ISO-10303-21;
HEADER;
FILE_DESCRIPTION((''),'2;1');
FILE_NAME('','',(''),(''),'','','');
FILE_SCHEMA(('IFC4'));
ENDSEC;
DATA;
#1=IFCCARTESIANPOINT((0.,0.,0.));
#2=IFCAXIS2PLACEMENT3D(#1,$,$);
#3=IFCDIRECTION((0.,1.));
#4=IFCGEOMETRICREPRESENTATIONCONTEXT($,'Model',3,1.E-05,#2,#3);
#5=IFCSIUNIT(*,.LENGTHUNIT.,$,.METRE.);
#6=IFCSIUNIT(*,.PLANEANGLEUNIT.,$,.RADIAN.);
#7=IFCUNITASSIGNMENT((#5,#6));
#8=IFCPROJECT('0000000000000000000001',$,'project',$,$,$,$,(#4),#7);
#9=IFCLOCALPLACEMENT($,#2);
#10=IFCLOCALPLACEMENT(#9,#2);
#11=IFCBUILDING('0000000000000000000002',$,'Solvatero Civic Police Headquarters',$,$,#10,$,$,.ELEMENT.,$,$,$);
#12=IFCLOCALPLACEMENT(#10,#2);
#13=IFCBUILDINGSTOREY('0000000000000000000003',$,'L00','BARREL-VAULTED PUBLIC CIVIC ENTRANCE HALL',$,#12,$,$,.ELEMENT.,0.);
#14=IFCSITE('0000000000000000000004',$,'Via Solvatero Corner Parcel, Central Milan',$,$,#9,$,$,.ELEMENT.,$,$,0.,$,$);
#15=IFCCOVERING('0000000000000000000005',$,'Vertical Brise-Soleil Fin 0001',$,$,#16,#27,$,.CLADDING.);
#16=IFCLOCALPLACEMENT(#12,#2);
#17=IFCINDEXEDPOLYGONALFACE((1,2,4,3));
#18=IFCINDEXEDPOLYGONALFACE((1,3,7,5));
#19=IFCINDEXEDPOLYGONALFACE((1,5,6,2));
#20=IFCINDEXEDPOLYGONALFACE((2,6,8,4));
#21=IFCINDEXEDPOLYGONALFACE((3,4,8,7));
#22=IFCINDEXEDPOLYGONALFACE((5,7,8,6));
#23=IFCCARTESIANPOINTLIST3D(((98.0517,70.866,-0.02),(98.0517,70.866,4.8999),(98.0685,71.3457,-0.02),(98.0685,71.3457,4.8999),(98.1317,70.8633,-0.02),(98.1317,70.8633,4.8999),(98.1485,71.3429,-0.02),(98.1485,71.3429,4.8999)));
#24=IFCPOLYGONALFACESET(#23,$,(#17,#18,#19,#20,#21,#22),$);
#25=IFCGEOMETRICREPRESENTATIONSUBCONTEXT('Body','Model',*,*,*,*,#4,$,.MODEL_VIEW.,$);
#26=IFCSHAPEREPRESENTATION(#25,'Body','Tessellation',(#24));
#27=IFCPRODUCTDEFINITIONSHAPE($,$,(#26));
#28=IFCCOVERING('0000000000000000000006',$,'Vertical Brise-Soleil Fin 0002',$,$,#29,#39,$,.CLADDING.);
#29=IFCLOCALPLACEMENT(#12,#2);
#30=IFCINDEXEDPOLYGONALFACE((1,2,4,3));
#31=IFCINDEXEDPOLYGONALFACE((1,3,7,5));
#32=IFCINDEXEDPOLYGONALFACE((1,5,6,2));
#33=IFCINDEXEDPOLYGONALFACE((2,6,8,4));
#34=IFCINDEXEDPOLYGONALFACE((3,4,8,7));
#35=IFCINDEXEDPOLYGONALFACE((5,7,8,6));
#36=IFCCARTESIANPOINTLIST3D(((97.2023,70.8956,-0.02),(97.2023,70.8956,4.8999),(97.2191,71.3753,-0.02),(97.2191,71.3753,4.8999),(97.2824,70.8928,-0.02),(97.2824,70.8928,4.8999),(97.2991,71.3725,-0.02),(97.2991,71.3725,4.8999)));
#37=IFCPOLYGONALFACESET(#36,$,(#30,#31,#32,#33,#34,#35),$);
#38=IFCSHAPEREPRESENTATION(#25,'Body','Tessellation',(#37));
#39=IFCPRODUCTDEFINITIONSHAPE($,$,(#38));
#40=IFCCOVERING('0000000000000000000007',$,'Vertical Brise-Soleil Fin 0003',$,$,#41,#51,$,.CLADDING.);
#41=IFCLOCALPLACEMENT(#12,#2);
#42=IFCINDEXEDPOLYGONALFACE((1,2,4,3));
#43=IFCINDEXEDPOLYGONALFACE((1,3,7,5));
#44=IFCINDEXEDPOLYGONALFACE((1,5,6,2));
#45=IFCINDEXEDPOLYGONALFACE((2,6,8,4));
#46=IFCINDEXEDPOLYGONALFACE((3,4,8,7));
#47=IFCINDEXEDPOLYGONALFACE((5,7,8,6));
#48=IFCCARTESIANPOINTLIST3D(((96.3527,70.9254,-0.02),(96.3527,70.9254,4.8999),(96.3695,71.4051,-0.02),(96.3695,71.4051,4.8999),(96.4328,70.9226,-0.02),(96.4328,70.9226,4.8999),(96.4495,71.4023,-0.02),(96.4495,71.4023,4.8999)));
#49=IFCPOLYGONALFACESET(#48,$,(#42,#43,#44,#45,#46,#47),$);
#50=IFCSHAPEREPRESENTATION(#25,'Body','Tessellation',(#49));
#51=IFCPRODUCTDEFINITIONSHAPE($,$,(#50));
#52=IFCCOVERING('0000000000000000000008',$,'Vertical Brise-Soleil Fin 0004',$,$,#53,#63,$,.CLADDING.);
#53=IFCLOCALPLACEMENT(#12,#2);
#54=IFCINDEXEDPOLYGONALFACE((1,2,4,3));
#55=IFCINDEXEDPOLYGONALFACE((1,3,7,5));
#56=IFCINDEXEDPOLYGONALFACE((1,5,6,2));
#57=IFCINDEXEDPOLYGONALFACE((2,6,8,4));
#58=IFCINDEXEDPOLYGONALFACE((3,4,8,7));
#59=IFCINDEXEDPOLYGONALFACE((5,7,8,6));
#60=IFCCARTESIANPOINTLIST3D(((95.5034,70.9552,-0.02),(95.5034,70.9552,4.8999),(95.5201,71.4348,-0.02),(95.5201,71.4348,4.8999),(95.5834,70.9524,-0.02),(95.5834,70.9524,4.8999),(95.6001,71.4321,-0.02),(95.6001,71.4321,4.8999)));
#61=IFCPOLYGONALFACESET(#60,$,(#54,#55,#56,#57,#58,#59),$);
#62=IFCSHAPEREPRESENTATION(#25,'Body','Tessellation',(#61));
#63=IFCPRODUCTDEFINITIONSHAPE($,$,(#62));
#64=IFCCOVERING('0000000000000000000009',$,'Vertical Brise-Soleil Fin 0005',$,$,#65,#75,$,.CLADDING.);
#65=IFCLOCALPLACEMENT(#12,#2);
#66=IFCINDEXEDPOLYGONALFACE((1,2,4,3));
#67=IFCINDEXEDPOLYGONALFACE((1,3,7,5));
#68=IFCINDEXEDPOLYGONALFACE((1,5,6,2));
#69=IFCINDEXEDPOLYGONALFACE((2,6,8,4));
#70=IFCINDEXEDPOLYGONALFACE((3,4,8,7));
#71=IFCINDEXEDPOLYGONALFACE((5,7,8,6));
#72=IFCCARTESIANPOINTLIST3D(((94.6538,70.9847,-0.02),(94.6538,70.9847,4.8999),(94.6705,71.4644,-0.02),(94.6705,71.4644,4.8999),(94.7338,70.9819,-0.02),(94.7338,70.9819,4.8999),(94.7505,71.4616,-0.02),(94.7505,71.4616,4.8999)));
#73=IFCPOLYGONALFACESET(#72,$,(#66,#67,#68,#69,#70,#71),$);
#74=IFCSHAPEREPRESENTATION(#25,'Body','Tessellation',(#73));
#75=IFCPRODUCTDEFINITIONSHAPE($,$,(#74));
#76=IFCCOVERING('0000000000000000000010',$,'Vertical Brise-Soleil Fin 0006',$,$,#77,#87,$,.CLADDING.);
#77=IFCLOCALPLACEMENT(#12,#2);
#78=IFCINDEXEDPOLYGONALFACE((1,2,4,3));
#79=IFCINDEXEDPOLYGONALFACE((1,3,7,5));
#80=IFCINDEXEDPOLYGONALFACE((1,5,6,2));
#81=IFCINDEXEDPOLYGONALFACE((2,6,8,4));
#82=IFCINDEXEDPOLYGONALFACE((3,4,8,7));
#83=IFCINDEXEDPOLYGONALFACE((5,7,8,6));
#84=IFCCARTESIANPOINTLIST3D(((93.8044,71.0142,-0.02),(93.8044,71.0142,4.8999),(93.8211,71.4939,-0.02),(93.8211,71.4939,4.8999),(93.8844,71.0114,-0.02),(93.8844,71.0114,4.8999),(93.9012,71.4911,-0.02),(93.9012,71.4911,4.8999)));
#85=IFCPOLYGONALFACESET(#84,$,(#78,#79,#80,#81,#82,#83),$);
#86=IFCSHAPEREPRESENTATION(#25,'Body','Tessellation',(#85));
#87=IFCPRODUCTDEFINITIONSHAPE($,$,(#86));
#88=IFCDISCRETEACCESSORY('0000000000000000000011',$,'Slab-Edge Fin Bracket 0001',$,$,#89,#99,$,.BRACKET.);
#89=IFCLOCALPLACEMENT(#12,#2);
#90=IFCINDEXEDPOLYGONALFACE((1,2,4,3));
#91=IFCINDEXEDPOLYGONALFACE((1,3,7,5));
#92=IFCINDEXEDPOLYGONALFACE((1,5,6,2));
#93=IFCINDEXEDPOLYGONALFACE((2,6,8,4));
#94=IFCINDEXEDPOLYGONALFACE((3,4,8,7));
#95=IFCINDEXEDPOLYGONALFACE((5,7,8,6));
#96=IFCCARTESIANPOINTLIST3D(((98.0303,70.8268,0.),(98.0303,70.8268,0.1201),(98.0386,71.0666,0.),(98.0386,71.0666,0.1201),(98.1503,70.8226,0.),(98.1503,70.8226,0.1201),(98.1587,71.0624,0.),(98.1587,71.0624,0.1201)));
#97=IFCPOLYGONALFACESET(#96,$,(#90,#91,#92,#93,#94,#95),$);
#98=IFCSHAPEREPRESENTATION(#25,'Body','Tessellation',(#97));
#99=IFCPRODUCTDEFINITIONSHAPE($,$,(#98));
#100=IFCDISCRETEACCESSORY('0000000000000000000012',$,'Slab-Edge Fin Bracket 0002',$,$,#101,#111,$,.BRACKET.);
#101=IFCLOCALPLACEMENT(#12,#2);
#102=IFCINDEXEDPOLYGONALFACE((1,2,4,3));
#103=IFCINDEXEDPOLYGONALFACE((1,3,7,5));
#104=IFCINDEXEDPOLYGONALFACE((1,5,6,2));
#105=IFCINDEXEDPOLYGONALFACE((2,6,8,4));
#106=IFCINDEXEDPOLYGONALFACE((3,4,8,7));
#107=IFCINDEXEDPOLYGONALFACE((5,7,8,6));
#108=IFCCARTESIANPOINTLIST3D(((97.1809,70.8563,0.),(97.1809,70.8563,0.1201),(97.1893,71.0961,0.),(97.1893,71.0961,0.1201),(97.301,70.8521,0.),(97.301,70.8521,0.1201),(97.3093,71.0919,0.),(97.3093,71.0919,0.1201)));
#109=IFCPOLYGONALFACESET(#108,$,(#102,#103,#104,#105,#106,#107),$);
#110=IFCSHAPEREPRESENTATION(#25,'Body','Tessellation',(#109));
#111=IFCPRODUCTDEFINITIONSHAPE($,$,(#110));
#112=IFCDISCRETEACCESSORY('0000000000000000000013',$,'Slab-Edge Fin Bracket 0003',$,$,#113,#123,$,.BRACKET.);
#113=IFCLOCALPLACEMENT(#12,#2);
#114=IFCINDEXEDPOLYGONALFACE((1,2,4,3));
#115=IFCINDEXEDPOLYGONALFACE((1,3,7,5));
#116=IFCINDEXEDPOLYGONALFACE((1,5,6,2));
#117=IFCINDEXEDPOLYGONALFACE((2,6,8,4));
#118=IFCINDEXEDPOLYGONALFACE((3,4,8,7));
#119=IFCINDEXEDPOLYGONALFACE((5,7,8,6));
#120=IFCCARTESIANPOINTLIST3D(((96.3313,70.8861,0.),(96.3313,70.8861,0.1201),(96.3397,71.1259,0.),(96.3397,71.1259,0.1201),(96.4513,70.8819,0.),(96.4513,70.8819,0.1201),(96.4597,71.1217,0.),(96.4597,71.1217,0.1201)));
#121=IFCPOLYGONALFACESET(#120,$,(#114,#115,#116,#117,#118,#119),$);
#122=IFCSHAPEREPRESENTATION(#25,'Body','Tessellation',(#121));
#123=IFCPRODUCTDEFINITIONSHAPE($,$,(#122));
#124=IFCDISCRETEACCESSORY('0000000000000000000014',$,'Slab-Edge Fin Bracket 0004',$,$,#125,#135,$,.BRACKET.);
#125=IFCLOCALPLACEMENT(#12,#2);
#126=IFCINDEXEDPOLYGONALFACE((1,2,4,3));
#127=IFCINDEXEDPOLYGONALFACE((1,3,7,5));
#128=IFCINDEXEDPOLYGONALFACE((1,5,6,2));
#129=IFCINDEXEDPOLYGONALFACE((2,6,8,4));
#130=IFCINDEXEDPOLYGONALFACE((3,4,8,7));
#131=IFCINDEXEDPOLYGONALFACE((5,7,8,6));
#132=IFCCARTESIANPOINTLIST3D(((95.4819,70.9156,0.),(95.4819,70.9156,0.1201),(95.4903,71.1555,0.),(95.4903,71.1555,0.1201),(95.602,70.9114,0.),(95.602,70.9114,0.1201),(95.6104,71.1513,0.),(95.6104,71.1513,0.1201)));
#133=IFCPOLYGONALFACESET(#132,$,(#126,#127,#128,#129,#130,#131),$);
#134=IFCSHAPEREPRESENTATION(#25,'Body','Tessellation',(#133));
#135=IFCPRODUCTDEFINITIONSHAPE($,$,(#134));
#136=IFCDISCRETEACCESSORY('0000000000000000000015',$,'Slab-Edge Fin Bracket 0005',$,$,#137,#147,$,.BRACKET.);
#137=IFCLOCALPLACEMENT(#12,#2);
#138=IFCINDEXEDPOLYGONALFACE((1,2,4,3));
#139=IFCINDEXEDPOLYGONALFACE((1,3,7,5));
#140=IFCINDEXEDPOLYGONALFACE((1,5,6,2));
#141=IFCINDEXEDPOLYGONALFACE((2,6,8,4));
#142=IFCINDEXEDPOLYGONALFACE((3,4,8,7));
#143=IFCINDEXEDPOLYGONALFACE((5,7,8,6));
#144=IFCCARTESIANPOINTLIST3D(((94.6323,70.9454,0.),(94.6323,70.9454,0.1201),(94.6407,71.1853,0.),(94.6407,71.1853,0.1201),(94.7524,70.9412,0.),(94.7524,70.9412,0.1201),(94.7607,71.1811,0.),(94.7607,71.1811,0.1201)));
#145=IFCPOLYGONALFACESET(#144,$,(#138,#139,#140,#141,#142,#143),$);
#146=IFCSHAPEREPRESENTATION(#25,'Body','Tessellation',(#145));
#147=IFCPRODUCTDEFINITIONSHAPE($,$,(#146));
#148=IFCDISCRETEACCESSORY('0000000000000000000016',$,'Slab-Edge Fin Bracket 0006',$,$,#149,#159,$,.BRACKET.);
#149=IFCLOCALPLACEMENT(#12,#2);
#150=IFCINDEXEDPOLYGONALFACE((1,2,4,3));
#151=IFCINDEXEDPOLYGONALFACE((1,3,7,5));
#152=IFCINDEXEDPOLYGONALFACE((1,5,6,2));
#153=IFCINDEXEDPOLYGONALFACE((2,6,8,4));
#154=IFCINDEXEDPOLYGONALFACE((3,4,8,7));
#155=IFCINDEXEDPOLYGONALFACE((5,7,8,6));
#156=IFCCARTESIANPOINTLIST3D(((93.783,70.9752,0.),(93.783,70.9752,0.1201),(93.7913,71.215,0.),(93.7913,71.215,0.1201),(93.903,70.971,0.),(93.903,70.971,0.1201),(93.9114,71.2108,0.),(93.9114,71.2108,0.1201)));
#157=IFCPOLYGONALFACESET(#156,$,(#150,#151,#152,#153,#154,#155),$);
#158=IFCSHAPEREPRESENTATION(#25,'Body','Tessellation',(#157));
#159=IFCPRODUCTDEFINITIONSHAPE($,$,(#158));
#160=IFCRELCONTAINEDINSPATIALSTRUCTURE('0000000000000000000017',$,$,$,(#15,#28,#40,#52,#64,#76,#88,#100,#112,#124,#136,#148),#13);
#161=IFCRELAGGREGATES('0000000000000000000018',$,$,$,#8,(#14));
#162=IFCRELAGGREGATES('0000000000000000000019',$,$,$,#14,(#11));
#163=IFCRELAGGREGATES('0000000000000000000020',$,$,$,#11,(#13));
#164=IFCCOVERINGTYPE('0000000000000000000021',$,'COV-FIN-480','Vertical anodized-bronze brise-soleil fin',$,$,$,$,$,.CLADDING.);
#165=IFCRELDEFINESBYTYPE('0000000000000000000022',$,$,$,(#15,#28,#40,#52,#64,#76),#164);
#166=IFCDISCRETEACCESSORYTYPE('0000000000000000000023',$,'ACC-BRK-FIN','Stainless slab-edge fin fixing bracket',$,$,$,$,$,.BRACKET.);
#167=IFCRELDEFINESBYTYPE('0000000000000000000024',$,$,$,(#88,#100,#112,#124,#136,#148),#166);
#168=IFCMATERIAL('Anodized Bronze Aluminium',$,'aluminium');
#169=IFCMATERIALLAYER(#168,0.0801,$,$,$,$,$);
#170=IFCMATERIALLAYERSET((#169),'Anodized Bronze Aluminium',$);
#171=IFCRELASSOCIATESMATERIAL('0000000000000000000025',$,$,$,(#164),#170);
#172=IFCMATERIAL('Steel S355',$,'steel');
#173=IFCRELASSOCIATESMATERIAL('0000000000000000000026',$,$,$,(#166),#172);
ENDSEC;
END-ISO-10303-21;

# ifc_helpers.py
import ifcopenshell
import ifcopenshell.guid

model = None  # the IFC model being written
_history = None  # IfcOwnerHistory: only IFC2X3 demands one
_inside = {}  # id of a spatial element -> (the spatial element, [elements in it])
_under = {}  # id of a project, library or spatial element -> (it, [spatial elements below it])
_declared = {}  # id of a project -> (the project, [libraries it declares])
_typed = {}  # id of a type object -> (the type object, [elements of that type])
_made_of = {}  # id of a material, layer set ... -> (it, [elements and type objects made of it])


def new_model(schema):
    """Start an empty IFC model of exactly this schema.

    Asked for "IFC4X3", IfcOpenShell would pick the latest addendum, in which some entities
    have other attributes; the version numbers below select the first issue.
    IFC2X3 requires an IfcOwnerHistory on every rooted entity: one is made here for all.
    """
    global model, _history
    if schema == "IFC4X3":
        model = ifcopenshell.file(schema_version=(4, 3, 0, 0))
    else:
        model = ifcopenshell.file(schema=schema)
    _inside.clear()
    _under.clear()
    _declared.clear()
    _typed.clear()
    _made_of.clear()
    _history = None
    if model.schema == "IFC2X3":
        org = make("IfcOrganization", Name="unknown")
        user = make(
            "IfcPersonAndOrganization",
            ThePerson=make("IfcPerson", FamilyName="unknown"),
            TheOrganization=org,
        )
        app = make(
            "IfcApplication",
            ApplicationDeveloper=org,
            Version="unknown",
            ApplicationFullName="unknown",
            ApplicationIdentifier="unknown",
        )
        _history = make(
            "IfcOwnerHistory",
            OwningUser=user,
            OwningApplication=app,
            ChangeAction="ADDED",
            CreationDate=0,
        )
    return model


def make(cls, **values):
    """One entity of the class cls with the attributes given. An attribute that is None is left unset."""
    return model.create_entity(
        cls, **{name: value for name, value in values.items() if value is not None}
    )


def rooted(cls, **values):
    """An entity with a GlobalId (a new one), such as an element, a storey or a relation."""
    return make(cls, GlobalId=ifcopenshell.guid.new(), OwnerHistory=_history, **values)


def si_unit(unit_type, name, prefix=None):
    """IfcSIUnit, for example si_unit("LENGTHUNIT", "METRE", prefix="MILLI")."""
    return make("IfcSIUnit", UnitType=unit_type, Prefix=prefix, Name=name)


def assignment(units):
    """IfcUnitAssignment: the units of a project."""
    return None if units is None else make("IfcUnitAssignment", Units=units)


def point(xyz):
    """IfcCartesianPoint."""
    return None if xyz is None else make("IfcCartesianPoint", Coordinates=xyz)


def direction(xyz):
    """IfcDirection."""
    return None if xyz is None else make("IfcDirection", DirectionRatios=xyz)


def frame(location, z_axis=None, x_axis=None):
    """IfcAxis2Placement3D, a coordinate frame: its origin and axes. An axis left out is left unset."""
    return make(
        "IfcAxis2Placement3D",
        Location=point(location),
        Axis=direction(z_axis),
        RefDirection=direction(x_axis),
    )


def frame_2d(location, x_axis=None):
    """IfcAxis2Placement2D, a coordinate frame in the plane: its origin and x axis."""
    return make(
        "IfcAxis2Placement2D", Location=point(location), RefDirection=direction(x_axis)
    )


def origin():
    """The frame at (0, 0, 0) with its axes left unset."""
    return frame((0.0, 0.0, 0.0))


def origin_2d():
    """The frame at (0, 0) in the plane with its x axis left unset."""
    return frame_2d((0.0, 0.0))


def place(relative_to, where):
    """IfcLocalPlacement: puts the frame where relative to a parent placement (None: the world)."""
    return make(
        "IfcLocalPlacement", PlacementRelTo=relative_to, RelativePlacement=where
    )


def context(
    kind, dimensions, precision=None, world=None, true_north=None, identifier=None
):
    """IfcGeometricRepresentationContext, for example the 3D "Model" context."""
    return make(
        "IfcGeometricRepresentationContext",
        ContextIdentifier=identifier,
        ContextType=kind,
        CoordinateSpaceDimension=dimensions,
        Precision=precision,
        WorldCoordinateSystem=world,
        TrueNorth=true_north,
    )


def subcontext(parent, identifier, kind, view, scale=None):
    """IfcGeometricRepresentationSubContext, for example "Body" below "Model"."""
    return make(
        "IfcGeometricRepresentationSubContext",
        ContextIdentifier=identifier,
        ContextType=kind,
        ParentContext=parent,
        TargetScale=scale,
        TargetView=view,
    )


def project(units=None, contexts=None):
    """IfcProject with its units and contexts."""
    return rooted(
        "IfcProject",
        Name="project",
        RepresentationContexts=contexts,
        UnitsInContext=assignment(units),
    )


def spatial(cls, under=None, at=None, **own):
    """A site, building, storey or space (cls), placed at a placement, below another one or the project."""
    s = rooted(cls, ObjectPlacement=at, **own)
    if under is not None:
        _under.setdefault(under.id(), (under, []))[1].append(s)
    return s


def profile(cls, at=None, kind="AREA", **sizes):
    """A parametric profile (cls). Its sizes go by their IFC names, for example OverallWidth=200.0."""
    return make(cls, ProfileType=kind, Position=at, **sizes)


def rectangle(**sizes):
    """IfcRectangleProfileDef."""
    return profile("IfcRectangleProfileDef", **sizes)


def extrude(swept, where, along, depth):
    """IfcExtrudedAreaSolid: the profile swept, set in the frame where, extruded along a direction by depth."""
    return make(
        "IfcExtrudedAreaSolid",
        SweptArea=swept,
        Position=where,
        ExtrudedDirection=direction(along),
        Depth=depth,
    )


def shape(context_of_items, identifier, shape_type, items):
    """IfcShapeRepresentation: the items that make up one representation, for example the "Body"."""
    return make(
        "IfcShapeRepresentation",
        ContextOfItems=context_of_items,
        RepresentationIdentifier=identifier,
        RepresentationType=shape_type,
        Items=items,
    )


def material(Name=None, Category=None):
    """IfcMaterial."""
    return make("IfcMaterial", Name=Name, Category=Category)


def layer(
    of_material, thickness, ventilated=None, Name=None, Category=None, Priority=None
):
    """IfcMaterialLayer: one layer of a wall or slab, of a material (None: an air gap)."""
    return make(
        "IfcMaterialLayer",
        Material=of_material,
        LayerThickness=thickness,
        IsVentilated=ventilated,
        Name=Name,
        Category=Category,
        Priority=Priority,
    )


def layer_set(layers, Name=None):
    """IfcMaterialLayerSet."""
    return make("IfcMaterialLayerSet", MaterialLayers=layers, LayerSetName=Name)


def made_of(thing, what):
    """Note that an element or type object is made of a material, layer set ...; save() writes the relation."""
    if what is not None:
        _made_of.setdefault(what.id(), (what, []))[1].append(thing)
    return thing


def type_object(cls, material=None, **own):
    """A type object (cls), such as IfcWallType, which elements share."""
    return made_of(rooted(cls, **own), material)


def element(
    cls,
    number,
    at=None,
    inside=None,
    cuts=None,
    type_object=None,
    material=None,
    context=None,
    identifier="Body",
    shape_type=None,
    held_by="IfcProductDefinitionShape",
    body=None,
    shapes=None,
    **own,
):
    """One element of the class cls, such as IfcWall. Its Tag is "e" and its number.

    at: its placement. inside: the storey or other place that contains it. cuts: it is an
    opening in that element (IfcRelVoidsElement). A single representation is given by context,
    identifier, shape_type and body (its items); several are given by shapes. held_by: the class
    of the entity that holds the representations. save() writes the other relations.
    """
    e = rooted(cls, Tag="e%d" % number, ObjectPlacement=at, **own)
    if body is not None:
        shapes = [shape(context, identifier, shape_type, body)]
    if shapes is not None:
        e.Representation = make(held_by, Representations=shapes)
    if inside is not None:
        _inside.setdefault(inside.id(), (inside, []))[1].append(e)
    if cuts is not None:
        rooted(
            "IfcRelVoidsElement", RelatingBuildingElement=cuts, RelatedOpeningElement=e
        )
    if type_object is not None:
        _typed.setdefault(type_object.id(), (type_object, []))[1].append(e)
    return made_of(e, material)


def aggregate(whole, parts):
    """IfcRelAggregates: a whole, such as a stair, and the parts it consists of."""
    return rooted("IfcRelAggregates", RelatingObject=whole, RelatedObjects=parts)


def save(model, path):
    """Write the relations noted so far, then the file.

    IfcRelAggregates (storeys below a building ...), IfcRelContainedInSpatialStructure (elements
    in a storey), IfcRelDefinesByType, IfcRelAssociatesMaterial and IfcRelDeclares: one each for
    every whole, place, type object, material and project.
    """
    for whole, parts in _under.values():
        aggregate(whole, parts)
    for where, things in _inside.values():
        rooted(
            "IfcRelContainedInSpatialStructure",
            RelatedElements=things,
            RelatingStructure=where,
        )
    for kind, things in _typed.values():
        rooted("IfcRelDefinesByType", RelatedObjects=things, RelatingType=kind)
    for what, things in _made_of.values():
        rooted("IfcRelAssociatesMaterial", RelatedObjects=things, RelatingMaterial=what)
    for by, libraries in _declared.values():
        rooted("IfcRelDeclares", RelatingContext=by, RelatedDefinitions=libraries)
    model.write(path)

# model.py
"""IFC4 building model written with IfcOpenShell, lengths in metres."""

from ifc_helpers import new_model, si_unit, direction, frame, origin, origin_2d, place, context, subcontext, project, spatial, rectangle, extrude, material, layer, layer_set, type_object, element, save


model = new_model("IFC4")

# Units and contexts
model_context = context("Model", 3, precision=1e-05, world=origin(), true_north=direction((0.0, 1.0)))
body_context = subcontext(model_context, "Body", "Model", "MODEL_VIEW")
ifc_project = project(units=[si_unit("LENGTHUNIT", "METRE"), si_unit("PLANEANGLEUNIT", "RADIAN")], contexts=[model_context])

# Site, building, storey
site_placement = place(None, origin())
site = spatial("IfcSite", under=ifc_project, at=site_placement, Name="Via Solvatero Corner Parcel, Central Milan", CompositionType="ELEMENT", RefElevation=0.0)
building_placement = place(site_placement, origin())
building = spatial("IfcBuilding", under=site, at=building_placement, Name="Solvatero Civic Police Headquarters", CompositionType="ELEMENT")
storey_placement = place(building_placement, origin())
storey = spatial("IfcBuildingStorey", under=building, at=storey_placement, Name="L00", Description="BARREL-VAULTED PUBLIC CIVIC ENTRANCE HALL", CompositionType="ELEMENT", Elevation=0.0)

# Shared definitions
ifc_material_1 = material(Name="Steel S355", Category="steel")

# Shared definitions
ifc_material_2 = material(Name="Anodized Bronze Aluminium", Category="aluminium")

# Coverings
ifc_layer_1 = layer(ifc_material_2, 0.0801)
ifc_layer_set_1 = layer_set([ifc_layer_1], Name="Anodized Bronze Aluminium")
covering_type = type_object("IfcCoveringType", Name="COV-FIN-480", Description="Vertical anodized-bronze brise-soleil fin", PredefinedType="CLADDING", material=ifc_layer_set_1)
for number, where, z_axis, x_axis, name in (
    (1, (98.1001, 71.1045, -0.02), (0.0, 0.0, 1.0), (-0.999391, 0.034899, 0.0), "Vertical Brise-Soleil Fin 0001"),
    (2, (97.2507, 71.134, -0.02), (0.0, 0.0, 1.0), (-0.999391, 0.034899, 0.0), "Vertical Brise-Soleil Fin 0002"),
    (3, (96.4011, 71.1638, -0.02), (0.0, 0.0, 1.0), (-0.999391, 0.034899, 0.0), "Vertical Brise-Soleil Fin 0003"),
    (4, (95.5518, 71.1936, -0.02), (0.0, 0.0, 1.0), (-0.999391, 0.034899, 0.0), "Vertical Brise-Soleil Fin 0004"),
    (5, (94.7021, 71.2231, -0.02), (0.0, 0.0, 1.0), (-0.999391, 0.034899, 0.0), "Vertical Brise-Soleil Fin 0005"),
    (6, (93.8528, 71.2527, -0.02), (0.0, 0.0, 1.0), (-0.999391, 0.034899, 0.0), "Vertical Brise-Soleil Fin 0006"),
):
    element("IfcCovering", number, at=place(storey_placement, frame(where, z_axis=z_axis, x_axis=x_axis)), inside=storey, type_object=covering_type, Name=name, PredefinedType="CLADDING", context=body_context, shape_type="SweptSolid", body=[
        extrude(rectangle(XDim=0.0801, YDim=0.48, at=origin_2d()), origin(), (0.0, 0.0, 1.0), 4.9199),
    ])

# Discrete accessories
discrete_accessory_type = type_object("IfcDiscreteAccessoryType", Name="ACC-BRK-FIN", Description="Stainless slab-edge fin fixing bracket", PredefinedType="BRACKET", material=ifc_material_1)
for number, where, z_axis, x_axis, name in (
    (7, (98.0945, 70.9446, 0.0), (0.0, 0.0, 1.0), (-0.999391, 0.034899, 0.0), "Slab-Edge Fin Bracket 0001"),
    (8, (97.2451, 70.9741, 0.0), (0.0, 0.0, 1.0), (-0.999391, 0.034899, 0.0), "Slab-Edge Fin Bracket 0002"),
    (9, (96.3955, 71.0039, 0.0), (0.0, 0.0, 1.0), (-0.999391, 0.034899, 0.0), "Slab-Edge Fin Bracket 0003"),
    (10, (95.5461, 71.0334, 0.0), (0.0, 0.0, 1.0), (-0.999391, 0.034899, 0.0), "Slab-Edge Fin Bracket 0004"),
    (11, (94.6965, 71.0632, 0.0), (0.0, 0.0, 1.0), (-0.999391, 0.034899, 0.0), "Slab-Edge Fin Bracket 0005"),
    (12, (93.8472, 71.093, 0.0), (0.0, 0.0, 1.0), (-0.999391, 0.034899, 0.0), "Slab-Edge Fin Bracket 0006"),
):
    element("IfcDiscreteAccessory", number, at=place(storey_placement, frame(where, z_axis=z_axis, x_axis=x_axis)), inside=storey, type_object=discrete_accessory_type, Name=name, PredefinedType="BRACKET", context=body_context, shape_type="SweptSolid", body=[
        extrude(rectangle(XDim=0.1201, YDim=0.24, at=origin_2d()), origin(), (0.0, 0.0, 1.0), 0.1201),
    ])

save(model, "model.ifc")
